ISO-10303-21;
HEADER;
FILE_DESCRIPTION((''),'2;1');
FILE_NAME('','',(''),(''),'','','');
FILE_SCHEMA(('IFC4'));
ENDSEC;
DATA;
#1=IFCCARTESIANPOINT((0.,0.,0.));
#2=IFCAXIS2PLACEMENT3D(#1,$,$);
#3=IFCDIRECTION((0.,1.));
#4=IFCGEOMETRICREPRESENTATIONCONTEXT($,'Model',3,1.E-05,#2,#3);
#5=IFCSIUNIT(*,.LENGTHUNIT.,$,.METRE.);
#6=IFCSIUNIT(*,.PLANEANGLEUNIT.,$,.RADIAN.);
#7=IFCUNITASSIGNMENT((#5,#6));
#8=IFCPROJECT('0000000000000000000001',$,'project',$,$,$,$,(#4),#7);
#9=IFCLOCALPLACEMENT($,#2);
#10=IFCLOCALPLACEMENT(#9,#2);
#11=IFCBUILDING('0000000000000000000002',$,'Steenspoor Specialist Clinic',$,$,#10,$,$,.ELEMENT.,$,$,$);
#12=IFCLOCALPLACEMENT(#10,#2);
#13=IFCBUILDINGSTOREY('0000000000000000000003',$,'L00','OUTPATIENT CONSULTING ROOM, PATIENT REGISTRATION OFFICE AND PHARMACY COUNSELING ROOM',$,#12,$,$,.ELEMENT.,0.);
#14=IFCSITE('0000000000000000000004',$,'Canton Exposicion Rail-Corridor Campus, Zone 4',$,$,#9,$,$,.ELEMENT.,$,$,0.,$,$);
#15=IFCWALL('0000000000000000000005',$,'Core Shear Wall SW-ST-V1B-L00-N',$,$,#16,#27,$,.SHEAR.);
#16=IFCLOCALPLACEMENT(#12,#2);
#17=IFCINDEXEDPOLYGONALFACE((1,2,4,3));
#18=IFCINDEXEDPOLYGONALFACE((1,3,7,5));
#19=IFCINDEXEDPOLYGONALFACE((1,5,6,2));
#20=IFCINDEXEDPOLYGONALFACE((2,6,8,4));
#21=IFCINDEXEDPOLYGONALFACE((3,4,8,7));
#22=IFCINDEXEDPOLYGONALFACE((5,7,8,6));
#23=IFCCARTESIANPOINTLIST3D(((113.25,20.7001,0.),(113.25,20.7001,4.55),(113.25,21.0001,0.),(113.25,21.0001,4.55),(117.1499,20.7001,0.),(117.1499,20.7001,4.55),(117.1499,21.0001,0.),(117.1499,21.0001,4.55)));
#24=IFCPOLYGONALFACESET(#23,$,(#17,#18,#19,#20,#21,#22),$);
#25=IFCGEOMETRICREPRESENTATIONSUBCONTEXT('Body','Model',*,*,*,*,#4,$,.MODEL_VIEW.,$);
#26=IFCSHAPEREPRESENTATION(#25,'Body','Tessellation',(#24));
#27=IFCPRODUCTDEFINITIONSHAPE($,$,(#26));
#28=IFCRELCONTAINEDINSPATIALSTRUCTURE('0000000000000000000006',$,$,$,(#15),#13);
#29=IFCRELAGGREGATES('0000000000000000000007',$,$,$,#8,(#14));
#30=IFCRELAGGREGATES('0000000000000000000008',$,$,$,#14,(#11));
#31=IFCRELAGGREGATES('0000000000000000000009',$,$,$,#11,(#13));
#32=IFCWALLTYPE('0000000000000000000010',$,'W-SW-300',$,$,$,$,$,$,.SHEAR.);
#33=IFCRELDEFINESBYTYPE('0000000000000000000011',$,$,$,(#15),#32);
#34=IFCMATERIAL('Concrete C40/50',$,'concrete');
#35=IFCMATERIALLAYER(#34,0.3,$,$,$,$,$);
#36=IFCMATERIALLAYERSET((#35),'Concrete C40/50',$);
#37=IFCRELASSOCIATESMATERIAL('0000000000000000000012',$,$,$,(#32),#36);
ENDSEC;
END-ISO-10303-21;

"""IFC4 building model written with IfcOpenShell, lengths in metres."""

from ifc_helpers import new_model, si_unit, direction, frame, frame_2d, origin, place, context, subcontext, project, spatial, rectangle, extrude, material, layer, layer_set, type_object, element, save


model = new_model("IFC4")

# Units and contexts
model_context = context("Model", 3, precision=1e-05, world=origin(), true_north=direction((0.0, 1.0)))
body_context = subcontext(model_context, "Body", "Model", "MODEL_VIEW")
ifc_project = project(units=[si_unit("LENGTHUNIT", "METRE"), si_unit("PLANEANGLEUNIT", "RADIAN")], contexts=[model_context])

# Site, building, storey
site_placement = place(None, origin())
site = spatial("IfcSite", under=ifc_project, at=site_placement, Name="Canton Exposicion Rail-Corridor Campus, Zone 4", CompositionType="ELEMENT", RefElevation=0.0)
building_placement = place(site_placement, origin())
building = spatial("IfcBuilding", under=site, at=building_placement, Name="Steenspoor Specialist Clinic", CompositionType="ELEMENT")
storey_placement = place(building_placement, origin())
storey = spatial("IfcBuildingStorey", under=building, at=storey_placement, Name="L00", Description="OUTPATIENT CONSULTING ROOM, PATIENT REGISTRATION OFFICE AND PHARMACY COUNSELING ROOM", CompositionType="ELEMENT", Elevation=0.0)

# Shared definitions
ifc_material_1 = material(Name="Concrete C40/50", Category="concrete")

# Wall
ifc_layer_1 = layer(ifc_material_1, 0.3)
ifc_layer_set_1 = layer_set([ifc_layer_1], Name="Concrete C40/50")
wall_type_1 = type_object("IfcWallType", Name="W-SW-300", PredefinedType="SHEAR", material=ifc_layer_set_1)
wall_1_placement = place(storey_placement, frame((113.25, 20.8501, 0.0), z_axis=(0.0, 0.0, 1.0), x_axis=(1.0, 0.0, 0.0)))
element("IfcWall", 1, at=wall_1_placement, inside=storey, type_object=wall_type_1, Name="Core Shear Wall SW-ST-V1B-L00-N", PredefinedType="SHEAR", context=body_context, shape_type="SweptSolid", body=[
    extrude(rectangle(XDim=3.8999, YDim=0.3, at=frame_2d((1.95, 0.0))), origin(), (0.0, 0.0, 1.0), 4.55),
])

save(model, "model.ifc")
